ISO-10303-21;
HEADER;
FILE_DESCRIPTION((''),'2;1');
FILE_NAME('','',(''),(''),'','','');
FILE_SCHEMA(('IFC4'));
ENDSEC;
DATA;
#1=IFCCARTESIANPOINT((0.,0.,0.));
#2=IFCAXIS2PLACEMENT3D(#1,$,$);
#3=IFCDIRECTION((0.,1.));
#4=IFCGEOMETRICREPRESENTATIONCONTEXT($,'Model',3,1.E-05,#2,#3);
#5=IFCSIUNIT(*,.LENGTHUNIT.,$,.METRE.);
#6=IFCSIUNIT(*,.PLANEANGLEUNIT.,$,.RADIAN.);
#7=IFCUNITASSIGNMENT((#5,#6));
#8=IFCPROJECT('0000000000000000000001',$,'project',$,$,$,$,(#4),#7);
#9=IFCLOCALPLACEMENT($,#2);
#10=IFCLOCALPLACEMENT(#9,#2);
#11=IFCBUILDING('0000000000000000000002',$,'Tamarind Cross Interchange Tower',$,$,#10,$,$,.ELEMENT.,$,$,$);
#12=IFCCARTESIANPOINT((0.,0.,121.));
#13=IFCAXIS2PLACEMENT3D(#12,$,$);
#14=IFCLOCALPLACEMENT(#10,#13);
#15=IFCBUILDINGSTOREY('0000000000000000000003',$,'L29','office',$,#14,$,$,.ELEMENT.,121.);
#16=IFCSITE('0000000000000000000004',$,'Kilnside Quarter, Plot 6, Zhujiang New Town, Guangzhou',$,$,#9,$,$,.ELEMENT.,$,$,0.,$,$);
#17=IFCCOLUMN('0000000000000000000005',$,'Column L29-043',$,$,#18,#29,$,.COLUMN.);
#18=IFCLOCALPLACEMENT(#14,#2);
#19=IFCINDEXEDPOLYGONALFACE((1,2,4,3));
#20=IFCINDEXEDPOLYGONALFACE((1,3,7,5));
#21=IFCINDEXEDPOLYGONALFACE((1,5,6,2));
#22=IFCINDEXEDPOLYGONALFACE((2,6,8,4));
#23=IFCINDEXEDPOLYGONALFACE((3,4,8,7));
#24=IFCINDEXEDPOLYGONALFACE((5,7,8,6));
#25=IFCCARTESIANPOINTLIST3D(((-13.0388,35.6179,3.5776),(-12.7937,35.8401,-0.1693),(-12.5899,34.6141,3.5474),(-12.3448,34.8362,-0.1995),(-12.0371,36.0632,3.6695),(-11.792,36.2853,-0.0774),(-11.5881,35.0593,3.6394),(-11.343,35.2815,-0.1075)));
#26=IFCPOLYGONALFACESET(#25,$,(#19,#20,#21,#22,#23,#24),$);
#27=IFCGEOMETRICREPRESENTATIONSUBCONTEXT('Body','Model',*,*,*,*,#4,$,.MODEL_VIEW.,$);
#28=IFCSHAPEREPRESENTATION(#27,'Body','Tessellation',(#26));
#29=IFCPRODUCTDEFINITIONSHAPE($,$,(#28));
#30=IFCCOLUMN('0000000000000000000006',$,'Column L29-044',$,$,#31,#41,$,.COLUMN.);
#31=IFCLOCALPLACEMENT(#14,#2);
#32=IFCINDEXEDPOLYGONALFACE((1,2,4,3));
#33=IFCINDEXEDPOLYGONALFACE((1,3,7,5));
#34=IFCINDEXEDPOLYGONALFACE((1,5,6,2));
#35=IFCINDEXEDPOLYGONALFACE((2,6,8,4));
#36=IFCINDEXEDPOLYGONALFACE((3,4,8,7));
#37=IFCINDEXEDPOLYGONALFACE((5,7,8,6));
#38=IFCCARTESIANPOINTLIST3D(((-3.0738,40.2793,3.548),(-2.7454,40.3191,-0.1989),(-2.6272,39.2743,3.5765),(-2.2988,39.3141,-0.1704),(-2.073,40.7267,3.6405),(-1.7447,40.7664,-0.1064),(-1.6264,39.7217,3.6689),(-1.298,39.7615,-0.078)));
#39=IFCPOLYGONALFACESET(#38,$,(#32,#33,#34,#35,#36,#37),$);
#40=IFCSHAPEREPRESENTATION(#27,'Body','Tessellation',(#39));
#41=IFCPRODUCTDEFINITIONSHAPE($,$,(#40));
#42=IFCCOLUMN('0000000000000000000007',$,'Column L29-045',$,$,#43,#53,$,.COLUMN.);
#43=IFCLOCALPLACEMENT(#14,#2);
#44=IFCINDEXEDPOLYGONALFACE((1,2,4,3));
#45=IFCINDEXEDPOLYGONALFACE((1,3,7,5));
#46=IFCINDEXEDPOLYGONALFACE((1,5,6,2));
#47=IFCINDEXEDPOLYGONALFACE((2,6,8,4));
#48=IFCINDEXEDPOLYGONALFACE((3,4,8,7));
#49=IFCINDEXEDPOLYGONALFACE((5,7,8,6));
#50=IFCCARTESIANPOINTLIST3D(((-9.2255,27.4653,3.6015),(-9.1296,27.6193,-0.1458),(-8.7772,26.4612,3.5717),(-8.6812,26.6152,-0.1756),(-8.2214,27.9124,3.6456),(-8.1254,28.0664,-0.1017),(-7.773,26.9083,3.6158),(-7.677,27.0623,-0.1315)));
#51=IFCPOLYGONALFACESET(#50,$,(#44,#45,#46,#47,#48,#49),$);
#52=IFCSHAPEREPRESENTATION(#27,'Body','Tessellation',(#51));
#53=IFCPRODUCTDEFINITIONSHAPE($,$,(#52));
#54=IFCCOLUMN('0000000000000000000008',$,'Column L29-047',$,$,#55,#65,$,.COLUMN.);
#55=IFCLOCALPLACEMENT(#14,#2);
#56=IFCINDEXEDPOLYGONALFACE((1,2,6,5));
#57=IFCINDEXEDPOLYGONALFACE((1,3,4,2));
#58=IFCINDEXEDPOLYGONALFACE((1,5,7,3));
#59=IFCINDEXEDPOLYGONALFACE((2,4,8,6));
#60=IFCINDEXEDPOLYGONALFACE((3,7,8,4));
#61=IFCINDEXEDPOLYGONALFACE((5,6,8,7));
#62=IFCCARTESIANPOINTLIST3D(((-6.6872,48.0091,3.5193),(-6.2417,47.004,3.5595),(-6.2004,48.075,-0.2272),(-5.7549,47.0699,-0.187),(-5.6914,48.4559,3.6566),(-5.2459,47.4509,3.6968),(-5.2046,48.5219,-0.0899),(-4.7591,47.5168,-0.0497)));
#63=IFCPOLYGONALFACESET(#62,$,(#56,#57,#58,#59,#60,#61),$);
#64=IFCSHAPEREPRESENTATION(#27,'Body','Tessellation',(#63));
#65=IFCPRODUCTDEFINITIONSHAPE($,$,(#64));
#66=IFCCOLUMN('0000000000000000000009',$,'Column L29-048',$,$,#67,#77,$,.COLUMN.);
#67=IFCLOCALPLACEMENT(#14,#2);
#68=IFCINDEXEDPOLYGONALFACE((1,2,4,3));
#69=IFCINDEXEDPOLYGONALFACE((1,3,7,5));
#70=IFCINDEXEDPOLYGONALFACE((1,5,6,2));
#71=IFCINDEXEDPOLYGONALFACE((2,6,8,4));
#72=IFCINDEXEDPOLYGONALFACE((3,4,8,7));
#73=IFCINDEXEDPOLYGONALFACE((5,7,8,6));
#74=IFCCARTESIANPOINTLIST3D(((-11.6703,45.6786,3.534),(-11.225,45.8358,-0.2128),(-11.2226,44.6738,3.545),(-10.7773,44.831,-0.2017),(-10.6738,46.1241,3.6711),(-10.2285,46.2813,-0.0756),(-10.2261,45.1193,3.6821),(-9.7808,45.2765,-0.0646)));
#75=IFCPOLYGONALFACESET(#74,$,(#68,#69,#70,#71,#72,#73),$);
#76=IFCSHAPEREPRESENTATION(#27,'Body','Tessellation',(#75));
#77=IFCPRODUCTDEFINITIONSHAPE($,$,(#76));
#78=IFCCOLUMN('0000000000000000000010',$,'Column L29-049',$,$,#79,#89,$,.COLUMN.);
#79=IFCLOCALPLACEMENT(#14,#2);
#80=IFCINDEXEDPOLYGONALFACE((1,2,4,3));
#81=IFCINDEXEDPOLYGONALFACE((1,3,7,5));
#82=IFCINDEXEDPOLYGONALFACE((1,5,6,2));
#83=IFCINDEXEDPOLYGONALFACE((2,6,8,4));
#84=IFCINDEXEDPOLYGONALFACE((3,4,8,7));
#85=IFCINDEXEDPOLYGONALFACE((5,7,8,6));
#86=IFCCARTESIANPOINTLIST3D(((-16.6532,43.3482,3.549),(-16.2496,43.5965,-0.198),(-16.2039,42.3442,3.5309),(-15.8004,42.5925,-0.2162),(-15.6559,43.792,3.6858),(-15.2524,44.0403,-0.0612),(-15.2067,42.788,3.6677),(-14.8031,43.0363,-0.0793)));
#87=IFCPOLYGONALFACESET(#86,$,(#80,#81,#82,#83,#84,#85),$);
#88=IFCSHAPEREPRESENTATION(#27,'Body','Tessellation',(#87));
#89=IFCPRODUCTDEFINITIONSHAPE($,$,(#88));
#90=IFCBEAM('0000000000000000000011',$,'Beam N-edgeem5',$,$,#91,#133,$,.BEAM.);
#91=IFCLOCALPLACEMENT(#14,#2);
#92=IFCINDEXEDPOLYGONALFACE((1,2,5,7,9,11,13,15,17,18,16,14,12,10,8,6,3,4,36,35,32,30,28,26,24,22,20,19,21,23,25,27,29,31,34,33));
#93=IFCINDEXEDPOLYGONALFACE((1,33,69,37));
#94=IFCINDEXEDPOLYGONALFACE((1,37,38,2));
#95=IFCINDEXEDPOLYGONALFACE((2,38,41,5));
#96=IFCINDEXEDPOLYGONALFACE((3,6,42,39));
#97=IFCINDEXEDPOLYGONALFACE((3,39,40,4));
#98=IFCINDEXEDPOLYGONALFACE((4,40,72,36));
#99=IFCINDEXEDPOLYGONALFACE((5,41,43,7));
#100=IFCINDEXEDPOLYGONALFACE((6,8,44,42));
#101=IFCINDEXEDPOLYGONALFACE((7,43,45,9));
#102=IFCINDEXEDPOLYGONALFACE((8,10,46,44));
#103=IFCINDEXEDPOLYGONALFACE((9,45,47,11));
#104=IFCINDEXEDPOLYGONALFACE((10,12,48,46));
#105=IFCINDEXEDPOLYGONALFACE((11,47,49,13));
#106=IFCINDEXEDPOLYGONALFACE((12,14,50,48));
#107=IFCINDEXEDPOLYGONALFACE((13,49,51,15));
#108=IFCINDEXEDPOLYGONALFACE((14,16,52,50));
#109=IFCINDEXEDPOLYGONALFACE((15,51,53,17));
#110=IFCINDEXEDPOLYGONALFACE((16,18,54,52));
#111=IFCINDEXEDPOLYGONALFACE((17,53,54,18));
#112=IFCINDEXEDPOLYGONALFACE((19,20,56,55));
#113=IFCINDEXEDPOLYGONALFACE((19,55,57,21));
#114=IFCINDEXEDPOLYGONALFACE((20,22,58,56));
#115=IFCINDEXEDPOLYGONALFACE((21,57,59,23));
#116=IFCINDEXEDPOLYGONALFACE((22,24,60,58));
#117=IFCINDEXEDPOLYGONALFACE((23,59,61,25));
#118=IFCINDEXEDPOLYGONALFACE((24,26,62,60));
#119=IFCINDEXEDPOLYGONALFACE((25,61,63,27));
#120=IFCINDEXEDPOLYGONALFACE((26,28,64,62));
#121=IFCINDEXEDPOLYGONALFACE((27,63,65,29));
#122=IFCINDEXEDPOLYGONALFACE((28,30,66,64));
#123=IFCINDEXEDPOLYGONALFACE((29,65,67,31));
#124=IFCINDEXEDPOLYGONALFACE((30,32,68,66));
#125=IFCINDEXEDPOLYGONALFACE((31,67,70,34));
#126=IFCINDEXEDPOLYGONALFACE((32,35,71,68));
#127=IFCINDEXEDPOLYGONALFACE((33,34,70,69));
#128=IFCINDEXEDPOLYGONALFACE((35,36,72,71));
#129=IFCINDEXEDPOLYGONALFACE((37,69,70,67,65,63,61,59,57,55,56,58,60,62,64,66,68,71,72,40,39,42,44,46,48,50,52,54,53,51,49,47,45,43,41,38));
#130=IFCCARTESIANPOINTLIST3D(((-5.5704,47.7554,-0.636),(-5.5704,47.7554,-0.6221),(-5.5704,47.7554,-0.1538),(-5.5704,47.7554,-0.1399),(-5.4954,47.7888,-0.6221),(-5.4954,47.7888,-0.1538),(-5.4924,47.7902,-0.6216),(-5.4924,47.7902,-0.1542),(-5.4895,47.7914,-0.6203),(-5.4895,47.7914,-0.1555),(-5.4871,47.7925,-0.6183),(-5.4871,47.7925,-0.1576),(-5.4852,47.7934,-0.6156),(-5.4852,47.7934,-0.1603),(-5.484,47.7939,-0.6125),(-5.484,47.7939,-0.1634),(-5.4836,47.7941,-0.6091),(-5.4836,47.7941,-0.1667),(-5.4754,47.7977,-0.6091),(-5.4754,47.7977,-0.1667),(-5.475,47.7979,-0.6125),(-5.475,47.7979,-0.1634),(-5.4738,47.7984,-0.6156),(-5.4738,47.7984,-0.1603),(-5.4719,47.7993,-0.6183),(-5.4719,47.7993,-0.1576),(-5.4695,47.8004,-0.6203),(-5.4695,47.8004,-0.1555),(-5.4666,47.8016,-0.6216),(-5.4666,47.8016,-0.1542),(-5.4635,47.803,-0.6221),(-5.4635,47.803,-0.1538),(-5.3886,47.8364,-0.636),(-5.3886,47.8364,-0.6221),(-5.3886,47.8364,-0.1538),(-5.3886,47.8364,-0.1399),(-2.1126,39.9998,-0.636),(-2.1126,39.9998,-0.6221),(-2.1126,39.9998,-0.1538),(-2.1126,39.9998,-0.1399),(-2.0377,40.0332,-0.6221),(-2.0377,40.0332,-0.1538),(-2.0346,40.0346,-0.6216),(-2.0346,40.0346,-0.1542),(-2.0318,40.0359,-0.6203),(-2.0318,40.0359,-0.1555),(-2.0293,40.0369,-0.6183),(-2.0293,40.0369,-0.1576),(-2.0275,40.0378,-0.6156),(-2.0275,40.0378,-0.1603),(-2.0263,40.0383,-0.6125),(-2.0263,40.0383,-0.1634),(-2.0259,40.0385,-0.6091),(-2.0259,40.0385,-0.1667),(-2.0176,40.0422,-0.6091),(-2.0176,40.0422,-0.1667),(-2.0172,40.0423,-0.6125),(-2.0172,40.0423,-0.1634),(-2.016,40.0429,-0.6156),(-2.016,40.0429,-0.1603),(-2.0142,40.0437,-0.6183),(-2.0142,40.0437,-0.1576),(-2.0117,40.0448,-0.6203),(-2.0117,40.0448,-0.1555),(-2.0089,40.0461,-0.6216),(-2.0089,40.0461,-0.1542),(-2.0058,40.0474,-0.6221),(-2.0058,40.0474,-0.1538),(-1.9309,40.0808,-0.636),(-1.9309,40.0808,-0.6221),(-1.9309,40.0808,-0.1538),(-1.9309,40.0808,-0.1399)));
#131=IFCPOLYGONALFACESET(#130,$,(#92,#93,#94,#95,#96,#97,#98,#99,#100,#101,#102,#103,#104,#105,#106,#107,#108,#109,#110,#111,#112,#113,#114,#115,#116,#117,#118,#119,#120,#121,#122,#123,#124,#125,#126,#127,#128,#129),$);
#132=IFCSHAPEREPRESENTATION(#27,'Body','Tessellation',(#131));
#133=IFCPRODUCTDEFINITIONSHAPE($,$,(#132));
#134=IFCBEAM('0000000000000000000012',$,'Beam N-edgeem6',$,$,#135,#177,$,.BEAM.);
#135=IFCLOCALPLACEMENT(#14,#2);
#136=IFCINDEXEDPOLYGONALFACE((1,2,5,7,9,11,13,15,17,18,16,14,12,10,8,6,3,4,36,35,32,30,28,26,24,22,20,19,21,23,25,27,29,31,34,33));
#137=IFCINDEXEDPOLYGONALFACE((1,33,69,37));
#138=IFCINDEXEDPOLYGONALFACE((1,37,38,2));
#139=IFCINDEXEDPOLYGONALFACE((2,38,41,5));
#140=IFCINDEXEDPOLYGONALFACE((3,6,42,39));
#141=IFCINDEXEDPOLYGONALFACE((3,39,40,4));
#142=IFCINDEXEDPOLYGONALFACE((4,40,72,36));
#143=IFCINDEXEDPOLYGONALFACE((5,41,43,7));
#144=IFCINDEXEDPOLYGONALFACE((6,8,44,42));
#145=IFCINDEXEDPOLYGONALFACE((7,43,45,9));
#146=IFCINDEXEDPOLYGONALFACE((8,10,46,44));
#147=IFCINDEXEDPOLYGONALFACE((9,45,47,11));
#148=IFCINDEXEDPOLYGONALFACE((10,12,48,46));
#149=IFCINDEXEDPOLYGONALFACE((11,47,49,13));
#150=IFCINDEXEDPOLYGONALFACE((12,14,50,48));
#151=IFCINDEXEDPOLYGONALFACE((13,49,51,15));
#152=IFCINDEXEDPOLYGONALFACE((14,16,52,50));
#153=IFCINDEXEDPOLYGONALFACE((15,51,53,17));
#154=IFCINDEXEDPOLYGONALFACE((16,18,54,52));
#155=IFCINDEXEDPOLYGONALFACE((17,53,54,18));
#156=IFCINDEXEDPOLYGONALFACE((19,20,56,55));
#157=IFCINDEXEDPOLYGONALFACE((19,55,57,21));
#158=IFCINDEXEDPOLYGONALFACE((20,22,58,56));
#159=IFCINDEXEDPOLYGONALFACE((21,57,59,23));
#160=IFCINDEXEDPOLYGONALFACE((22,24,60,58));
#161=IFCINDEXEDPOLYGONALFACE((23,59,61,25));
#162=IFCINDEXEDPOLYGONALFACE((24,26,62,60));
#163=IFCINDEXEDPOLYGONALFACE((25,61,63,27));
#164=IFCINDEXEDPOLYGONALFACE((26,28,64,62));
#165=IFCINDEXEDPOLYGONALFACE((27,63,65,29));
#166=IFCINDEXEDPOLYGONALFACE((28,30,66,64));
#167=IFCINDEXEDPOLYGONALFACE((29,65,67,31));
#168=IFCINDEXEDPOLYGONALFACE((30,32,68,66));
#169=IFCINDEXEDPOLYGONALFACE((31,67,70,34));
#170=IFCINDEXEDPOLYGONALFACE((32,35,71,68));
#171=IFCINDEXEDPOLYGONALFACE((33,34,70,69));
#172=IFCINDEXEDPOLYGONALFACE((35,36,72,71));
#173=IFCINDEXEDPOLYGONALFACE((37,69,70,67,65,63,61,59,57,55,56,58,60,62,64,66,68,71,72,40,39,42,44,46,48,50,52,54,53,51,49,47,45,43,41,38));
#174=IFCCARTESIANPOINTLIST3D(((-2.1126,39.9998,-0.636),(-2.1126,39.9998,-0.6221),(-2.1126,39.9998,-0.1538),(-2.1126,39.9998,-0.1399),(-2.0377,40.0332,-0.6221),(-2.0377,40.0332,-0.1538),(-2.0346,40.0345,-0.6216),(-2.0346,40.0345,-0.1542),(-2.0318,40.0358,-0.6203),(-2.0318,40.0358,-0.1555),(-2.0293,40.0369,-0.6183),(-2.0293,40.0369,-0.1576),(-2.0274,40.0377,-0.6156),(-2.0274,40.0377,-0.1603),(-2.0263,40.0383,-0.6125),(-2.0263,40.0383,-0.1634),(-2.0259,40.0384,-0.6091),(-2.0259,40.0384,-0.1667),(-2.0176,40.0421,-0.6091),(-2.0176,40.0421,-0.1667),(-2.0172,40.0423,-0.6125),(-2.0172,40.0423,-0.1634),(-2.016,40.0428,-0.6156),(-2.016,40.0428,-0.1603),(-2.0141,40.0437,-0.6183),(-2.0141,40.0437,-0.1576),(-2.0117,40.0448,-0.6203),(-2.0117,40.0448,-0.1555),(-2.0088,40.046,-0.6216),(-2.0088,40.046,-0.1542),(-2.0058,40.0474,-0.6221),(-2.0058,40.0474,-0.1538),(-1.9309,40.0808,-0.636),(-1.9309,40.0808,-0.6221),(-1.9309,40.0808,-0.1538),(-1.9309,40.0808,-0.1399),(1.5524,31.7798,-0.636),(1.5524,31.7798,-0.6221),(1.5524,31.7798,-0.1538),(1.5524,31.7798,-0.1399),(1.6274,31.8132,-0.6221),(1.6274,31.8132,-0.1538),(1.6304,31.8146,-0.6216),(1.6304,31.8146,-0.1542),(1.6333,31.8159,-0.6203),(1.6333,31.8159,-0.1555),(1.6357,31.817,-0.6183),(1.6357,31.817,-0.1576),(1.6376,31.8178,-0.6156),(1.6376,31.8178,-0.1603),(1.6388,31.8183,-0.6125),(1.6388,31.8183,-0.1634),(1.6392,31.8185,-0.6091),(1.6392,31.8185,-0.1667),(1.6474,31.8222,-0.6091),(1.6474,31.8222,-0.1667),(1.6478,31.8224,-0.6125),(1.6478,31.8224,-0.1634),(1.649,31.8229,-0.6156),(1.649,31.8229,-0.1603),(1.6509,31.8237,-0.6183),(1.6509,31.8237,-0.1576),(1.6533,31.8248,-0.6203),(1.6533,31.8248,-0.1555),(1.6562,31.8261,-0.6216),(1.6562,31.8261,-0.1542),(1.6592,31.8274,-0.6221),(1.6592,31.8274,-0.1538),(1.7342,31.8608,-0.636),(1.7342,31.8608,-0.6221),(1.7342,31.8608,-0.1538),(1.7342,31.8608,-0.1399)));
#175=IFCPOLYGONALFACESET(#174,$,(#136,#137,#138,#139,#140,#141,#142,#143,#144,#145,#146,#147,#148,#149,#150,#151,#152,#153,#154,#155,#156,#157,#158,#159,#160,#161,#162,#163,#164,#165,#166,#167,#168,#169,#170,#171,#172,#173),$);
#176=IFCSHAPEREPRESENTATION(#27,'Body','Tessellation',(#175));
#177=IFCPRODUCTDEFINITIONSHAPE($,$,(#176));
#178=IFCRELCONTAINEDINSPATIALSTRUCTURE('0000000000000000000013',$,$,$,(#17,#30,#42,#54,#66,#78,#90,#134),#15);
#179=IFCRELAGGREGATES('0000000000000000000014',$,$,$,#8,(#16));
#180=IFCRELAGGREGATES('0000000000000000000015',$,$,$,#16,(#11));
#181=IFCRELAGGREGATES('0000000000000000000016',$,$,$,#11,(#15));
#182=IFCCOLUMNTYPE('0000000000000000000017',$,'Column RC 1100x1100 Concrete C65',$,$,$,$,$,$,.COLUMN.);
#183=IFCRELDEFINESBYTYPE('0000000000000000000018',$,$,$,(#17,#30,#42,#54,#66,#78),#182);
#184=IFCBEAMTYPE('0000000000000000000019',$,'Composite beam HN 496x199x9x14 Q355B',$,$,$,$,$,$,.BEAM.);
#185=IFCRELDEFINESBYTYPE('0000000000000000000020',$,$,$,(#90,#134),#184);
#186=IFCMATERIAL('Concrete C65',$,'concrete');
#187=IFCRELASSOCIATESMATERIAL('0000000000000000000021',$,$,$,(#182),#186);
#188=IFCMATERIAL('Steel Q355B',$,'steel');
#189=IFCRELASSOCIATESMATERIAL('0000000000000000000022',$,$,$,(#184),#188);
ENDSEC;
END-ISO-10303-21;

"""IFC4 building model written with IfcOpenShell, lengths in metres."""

from ifc_helpers import new_model, si_unit, direction, frame, origin, origin_2d, place, context, subcontext, project, spatial, rectangle, i_section, extrude, material, material_profile, profile_set, type_object, element, save


model = new_model("IFC4")

# Units and contexts
model_context = context("Model", 3, precision=1e-05, world=origin(), true_north=direction((0.0, 1.0)))
body_context = subcontext(model_context, "Body", "Model", "MODEL_VIEW")
ifc_project = project(units=[si_unit("LENGTHUNIT", "METRE"), si_unit("PLANEANGLEUNIT", "RADIAN")], contexts=[model_context])

# Site, building, storey
site_placement = place(None, origin())
site = spatial("IfcSite", under=ifc_project, at=site_placement, Name="Kilnside Quarter, Plot 6, Zhujiang New Town, Guangzhou", CompositionType="ELEMENT", RefElevation=0.0)
building_placement = place(site_placement, origin())
building = spatial("IfcBuilding", under=site, at=building_placement, Name="Tamarind Cross Interchange Tower", CompositionType="ELEMENT")
storey_placement = place(building_placement, frame((0.0, 0.0, 121.0)))
storey = spatial("IfcBuildingStorey", under=building, at=storey_placement, Name="L29", Description="office", CompositionType="ELEMENT", Elevation=121.0)

# Columns
ifc_material_1 = material(Name="Concrete C65", Category="concrete")
ifc_material_profile_1 = material_profile(ifc_material_1, rectangle(XDim=1.1001, YDim=1.1001, at=origin_2d()), Name="RC 1100x1100")
ifc_profile_set_1 = profile_set([ifc_material_profile_1], Name="Concrete C65")
column_type = type_object("IfcColumnType", Name="Column RC 1100x1100 Concrete C65", PredefinedType="COLUMN", material=ifc_profile_set_1)
for number, where, z_axis, x_axis, name in (
    (1, (-12.0684, 35.5608, -0.1384), (-0.065166, -0.059065, 0.996125), (0.910608, 0.404734, 0.083571), "Column L29-043"),
    (2, (-2.0217, 40.0403, -0.1384), (-0.0873, -0.01058, 0.996126), (0.405988, -0.913512, 0.025878), "Column L29-044"),
):
    element("IfcColumn", number, at=place(storey_placement, frame(where, z_axis=z_axis, x_axis=x_axis)), inside=storey, type_object=column_type, Name=name, PredefinedType="COLUMN", context=body_context, shape_type="SweptSolid", body=[
        extrude(rectangle(XDim=1.1001, YDim=1.1001, at=origin_2d()), origin(), (0.0, 0.0, 1.0), 3.7615),
    ])
column_1_placement = place(storey_placement, frame((-8.4033, 27.3408, -0.1387), z_axis=(-0.025574, -0.041062, 0.998829), x_axis=(0.912808, 0.406417, 0.04008)))
element("IfcColumn", 3, at=column_1_placement, inside=storey, type_object=column_type, Name="Column L29-045", PredefinedType="COLUMN", context=body_context, shape_type="SweptSolid", body=[
    extrude(rectangle(XDim=1.1001, YDim=1.1001, at=origin_2d()), origin(), (0.0, 0.0, 1.0), 3.7517),
])
column_2_placement = place(storey_placement, frame((-5.4797, 47.7959, -0.1384), z_axis=(-0.128833, -0.017445, 0.991513), x_axis=(0.404936, -0.913615, 0.036541)))
element("IfcColumn", 4, at=column_2_placement, inside=storey, type_object=column_type, Name="Column L29-047", PredefinedType="COLUMN", context=body_context, shape_type="SweptSolid", body=[
    extrude(rectangle(XDim=1.1001, YDim=1.1001, at=origin_2d()), origin(), (0.0, 0.0, 1.0), 3.7786),
])
column_3_placement = place(storey_placement, frame((-10.5029, 45.5562, -0.1387), z_axis=(-0.117918, -0.041633, 0.99215), x_axis=(0.406963, -0.913389, 0.01004)))
element("IfcColumn", 5, at=column_3_placement, inside=storey, type_object=column_type, Name="Column L29-048", PredefinedType="COLUMN", context=body_context, shape_type="SweptSolid", body=[
    extrude(rectangle(XDim=1.1001, YDim=1.1001, at=origin_2d()), origin(), (0.0, 0.0, 1.0), 3.7764),
])
column_4_placement = place(storey_placement, frame((-15.5264, 43.3164, -0.1387), z_axis=(-0.10685, -0.065739, 0.992099), x_axis=(0.906537, 0.403391, 0.124365)))
element("IfcColumn", 6, at=column_4_placement, inside=storey, type_object=column_type, Name="Column L29-049", PredefinedType="COLUMN", context=body_context, shape_type="SweptSolid", body=[
    extrude(rectangle(XDim=1.1001, YDim=1.1001, at=origin_2d()), origin(), (0.0, 0.0, 1.0), 3.7769),
])

# Beams
ifc_material_2 = material(Name="Steel Q355B", Category="steel")
ifc_material_profile_2 = material_profile(ifc_material_2, i_section(OverallWidth=0.199, OverallDepth=0.4961, WebThickness=0.009, FlangeThickness=0.0139, FilletRadius=0.0129, at=origin_2d()), Name="HN 496x199x9x14")
ifc_profile_set_2 = profile_set([ifc_material_profile_2], Name="Steel Q355B")
beam_type_1 = type_object("IfcBeamType", Name="Composite beam HN 496x199x9x14 Q355B", PredefinedType="BEAM", material=ifc_profile_set_2)
beam_1_placement = place(storey_placement, frame((-5.4795, 47.7959, -0.3879), z_axis=(0.407203, -0.913338, 0.0), x_axis=(0.913338, 0.407203, 0.0)))
element("IfcBeam", 7, at=beam_1_placement, inside=storey, type_object=beam_type_1, Name="Beam N-edgeem5", PredefinedType="BEAM", context=body_context, shape_type="SweptSolid", body=[
    extrude(i_section(OverallWidth=0.199, OverallDepth=0.4961, WebThickness=0.009, FlangeThickness=0.0139, FilletRadius=0.0129, at=origin_2d()), origin(), (0.0, 0.0, 1.0), 8.4915),
])
beam_2_placement = place(storey_placement, frame((-2.0217, 40.0403, -0.3879), z_axis=(0.407225, -0.913328, 0.0), x_axis=(0.913328, 0.407225, 0.0)))
element("IfcBeam", 8, at=beam_2_placement, inside=storey, type_object=beam_type_1, Name="Beam N-edgeem6", PredefinedType="BEAM", context=body_context, shape_type="SweptSolid", body=[
    extrude(i_section(OverallWidth=0.199, OverallDepth=0.4961, WebThickness=0.009, FlangeThickness=0.0139, FilletRadius=0.0129, at=origin_2d()), origin(), (0.0, 0.0, 1.0), 9.0),
])

save(model, "model.ifc")
